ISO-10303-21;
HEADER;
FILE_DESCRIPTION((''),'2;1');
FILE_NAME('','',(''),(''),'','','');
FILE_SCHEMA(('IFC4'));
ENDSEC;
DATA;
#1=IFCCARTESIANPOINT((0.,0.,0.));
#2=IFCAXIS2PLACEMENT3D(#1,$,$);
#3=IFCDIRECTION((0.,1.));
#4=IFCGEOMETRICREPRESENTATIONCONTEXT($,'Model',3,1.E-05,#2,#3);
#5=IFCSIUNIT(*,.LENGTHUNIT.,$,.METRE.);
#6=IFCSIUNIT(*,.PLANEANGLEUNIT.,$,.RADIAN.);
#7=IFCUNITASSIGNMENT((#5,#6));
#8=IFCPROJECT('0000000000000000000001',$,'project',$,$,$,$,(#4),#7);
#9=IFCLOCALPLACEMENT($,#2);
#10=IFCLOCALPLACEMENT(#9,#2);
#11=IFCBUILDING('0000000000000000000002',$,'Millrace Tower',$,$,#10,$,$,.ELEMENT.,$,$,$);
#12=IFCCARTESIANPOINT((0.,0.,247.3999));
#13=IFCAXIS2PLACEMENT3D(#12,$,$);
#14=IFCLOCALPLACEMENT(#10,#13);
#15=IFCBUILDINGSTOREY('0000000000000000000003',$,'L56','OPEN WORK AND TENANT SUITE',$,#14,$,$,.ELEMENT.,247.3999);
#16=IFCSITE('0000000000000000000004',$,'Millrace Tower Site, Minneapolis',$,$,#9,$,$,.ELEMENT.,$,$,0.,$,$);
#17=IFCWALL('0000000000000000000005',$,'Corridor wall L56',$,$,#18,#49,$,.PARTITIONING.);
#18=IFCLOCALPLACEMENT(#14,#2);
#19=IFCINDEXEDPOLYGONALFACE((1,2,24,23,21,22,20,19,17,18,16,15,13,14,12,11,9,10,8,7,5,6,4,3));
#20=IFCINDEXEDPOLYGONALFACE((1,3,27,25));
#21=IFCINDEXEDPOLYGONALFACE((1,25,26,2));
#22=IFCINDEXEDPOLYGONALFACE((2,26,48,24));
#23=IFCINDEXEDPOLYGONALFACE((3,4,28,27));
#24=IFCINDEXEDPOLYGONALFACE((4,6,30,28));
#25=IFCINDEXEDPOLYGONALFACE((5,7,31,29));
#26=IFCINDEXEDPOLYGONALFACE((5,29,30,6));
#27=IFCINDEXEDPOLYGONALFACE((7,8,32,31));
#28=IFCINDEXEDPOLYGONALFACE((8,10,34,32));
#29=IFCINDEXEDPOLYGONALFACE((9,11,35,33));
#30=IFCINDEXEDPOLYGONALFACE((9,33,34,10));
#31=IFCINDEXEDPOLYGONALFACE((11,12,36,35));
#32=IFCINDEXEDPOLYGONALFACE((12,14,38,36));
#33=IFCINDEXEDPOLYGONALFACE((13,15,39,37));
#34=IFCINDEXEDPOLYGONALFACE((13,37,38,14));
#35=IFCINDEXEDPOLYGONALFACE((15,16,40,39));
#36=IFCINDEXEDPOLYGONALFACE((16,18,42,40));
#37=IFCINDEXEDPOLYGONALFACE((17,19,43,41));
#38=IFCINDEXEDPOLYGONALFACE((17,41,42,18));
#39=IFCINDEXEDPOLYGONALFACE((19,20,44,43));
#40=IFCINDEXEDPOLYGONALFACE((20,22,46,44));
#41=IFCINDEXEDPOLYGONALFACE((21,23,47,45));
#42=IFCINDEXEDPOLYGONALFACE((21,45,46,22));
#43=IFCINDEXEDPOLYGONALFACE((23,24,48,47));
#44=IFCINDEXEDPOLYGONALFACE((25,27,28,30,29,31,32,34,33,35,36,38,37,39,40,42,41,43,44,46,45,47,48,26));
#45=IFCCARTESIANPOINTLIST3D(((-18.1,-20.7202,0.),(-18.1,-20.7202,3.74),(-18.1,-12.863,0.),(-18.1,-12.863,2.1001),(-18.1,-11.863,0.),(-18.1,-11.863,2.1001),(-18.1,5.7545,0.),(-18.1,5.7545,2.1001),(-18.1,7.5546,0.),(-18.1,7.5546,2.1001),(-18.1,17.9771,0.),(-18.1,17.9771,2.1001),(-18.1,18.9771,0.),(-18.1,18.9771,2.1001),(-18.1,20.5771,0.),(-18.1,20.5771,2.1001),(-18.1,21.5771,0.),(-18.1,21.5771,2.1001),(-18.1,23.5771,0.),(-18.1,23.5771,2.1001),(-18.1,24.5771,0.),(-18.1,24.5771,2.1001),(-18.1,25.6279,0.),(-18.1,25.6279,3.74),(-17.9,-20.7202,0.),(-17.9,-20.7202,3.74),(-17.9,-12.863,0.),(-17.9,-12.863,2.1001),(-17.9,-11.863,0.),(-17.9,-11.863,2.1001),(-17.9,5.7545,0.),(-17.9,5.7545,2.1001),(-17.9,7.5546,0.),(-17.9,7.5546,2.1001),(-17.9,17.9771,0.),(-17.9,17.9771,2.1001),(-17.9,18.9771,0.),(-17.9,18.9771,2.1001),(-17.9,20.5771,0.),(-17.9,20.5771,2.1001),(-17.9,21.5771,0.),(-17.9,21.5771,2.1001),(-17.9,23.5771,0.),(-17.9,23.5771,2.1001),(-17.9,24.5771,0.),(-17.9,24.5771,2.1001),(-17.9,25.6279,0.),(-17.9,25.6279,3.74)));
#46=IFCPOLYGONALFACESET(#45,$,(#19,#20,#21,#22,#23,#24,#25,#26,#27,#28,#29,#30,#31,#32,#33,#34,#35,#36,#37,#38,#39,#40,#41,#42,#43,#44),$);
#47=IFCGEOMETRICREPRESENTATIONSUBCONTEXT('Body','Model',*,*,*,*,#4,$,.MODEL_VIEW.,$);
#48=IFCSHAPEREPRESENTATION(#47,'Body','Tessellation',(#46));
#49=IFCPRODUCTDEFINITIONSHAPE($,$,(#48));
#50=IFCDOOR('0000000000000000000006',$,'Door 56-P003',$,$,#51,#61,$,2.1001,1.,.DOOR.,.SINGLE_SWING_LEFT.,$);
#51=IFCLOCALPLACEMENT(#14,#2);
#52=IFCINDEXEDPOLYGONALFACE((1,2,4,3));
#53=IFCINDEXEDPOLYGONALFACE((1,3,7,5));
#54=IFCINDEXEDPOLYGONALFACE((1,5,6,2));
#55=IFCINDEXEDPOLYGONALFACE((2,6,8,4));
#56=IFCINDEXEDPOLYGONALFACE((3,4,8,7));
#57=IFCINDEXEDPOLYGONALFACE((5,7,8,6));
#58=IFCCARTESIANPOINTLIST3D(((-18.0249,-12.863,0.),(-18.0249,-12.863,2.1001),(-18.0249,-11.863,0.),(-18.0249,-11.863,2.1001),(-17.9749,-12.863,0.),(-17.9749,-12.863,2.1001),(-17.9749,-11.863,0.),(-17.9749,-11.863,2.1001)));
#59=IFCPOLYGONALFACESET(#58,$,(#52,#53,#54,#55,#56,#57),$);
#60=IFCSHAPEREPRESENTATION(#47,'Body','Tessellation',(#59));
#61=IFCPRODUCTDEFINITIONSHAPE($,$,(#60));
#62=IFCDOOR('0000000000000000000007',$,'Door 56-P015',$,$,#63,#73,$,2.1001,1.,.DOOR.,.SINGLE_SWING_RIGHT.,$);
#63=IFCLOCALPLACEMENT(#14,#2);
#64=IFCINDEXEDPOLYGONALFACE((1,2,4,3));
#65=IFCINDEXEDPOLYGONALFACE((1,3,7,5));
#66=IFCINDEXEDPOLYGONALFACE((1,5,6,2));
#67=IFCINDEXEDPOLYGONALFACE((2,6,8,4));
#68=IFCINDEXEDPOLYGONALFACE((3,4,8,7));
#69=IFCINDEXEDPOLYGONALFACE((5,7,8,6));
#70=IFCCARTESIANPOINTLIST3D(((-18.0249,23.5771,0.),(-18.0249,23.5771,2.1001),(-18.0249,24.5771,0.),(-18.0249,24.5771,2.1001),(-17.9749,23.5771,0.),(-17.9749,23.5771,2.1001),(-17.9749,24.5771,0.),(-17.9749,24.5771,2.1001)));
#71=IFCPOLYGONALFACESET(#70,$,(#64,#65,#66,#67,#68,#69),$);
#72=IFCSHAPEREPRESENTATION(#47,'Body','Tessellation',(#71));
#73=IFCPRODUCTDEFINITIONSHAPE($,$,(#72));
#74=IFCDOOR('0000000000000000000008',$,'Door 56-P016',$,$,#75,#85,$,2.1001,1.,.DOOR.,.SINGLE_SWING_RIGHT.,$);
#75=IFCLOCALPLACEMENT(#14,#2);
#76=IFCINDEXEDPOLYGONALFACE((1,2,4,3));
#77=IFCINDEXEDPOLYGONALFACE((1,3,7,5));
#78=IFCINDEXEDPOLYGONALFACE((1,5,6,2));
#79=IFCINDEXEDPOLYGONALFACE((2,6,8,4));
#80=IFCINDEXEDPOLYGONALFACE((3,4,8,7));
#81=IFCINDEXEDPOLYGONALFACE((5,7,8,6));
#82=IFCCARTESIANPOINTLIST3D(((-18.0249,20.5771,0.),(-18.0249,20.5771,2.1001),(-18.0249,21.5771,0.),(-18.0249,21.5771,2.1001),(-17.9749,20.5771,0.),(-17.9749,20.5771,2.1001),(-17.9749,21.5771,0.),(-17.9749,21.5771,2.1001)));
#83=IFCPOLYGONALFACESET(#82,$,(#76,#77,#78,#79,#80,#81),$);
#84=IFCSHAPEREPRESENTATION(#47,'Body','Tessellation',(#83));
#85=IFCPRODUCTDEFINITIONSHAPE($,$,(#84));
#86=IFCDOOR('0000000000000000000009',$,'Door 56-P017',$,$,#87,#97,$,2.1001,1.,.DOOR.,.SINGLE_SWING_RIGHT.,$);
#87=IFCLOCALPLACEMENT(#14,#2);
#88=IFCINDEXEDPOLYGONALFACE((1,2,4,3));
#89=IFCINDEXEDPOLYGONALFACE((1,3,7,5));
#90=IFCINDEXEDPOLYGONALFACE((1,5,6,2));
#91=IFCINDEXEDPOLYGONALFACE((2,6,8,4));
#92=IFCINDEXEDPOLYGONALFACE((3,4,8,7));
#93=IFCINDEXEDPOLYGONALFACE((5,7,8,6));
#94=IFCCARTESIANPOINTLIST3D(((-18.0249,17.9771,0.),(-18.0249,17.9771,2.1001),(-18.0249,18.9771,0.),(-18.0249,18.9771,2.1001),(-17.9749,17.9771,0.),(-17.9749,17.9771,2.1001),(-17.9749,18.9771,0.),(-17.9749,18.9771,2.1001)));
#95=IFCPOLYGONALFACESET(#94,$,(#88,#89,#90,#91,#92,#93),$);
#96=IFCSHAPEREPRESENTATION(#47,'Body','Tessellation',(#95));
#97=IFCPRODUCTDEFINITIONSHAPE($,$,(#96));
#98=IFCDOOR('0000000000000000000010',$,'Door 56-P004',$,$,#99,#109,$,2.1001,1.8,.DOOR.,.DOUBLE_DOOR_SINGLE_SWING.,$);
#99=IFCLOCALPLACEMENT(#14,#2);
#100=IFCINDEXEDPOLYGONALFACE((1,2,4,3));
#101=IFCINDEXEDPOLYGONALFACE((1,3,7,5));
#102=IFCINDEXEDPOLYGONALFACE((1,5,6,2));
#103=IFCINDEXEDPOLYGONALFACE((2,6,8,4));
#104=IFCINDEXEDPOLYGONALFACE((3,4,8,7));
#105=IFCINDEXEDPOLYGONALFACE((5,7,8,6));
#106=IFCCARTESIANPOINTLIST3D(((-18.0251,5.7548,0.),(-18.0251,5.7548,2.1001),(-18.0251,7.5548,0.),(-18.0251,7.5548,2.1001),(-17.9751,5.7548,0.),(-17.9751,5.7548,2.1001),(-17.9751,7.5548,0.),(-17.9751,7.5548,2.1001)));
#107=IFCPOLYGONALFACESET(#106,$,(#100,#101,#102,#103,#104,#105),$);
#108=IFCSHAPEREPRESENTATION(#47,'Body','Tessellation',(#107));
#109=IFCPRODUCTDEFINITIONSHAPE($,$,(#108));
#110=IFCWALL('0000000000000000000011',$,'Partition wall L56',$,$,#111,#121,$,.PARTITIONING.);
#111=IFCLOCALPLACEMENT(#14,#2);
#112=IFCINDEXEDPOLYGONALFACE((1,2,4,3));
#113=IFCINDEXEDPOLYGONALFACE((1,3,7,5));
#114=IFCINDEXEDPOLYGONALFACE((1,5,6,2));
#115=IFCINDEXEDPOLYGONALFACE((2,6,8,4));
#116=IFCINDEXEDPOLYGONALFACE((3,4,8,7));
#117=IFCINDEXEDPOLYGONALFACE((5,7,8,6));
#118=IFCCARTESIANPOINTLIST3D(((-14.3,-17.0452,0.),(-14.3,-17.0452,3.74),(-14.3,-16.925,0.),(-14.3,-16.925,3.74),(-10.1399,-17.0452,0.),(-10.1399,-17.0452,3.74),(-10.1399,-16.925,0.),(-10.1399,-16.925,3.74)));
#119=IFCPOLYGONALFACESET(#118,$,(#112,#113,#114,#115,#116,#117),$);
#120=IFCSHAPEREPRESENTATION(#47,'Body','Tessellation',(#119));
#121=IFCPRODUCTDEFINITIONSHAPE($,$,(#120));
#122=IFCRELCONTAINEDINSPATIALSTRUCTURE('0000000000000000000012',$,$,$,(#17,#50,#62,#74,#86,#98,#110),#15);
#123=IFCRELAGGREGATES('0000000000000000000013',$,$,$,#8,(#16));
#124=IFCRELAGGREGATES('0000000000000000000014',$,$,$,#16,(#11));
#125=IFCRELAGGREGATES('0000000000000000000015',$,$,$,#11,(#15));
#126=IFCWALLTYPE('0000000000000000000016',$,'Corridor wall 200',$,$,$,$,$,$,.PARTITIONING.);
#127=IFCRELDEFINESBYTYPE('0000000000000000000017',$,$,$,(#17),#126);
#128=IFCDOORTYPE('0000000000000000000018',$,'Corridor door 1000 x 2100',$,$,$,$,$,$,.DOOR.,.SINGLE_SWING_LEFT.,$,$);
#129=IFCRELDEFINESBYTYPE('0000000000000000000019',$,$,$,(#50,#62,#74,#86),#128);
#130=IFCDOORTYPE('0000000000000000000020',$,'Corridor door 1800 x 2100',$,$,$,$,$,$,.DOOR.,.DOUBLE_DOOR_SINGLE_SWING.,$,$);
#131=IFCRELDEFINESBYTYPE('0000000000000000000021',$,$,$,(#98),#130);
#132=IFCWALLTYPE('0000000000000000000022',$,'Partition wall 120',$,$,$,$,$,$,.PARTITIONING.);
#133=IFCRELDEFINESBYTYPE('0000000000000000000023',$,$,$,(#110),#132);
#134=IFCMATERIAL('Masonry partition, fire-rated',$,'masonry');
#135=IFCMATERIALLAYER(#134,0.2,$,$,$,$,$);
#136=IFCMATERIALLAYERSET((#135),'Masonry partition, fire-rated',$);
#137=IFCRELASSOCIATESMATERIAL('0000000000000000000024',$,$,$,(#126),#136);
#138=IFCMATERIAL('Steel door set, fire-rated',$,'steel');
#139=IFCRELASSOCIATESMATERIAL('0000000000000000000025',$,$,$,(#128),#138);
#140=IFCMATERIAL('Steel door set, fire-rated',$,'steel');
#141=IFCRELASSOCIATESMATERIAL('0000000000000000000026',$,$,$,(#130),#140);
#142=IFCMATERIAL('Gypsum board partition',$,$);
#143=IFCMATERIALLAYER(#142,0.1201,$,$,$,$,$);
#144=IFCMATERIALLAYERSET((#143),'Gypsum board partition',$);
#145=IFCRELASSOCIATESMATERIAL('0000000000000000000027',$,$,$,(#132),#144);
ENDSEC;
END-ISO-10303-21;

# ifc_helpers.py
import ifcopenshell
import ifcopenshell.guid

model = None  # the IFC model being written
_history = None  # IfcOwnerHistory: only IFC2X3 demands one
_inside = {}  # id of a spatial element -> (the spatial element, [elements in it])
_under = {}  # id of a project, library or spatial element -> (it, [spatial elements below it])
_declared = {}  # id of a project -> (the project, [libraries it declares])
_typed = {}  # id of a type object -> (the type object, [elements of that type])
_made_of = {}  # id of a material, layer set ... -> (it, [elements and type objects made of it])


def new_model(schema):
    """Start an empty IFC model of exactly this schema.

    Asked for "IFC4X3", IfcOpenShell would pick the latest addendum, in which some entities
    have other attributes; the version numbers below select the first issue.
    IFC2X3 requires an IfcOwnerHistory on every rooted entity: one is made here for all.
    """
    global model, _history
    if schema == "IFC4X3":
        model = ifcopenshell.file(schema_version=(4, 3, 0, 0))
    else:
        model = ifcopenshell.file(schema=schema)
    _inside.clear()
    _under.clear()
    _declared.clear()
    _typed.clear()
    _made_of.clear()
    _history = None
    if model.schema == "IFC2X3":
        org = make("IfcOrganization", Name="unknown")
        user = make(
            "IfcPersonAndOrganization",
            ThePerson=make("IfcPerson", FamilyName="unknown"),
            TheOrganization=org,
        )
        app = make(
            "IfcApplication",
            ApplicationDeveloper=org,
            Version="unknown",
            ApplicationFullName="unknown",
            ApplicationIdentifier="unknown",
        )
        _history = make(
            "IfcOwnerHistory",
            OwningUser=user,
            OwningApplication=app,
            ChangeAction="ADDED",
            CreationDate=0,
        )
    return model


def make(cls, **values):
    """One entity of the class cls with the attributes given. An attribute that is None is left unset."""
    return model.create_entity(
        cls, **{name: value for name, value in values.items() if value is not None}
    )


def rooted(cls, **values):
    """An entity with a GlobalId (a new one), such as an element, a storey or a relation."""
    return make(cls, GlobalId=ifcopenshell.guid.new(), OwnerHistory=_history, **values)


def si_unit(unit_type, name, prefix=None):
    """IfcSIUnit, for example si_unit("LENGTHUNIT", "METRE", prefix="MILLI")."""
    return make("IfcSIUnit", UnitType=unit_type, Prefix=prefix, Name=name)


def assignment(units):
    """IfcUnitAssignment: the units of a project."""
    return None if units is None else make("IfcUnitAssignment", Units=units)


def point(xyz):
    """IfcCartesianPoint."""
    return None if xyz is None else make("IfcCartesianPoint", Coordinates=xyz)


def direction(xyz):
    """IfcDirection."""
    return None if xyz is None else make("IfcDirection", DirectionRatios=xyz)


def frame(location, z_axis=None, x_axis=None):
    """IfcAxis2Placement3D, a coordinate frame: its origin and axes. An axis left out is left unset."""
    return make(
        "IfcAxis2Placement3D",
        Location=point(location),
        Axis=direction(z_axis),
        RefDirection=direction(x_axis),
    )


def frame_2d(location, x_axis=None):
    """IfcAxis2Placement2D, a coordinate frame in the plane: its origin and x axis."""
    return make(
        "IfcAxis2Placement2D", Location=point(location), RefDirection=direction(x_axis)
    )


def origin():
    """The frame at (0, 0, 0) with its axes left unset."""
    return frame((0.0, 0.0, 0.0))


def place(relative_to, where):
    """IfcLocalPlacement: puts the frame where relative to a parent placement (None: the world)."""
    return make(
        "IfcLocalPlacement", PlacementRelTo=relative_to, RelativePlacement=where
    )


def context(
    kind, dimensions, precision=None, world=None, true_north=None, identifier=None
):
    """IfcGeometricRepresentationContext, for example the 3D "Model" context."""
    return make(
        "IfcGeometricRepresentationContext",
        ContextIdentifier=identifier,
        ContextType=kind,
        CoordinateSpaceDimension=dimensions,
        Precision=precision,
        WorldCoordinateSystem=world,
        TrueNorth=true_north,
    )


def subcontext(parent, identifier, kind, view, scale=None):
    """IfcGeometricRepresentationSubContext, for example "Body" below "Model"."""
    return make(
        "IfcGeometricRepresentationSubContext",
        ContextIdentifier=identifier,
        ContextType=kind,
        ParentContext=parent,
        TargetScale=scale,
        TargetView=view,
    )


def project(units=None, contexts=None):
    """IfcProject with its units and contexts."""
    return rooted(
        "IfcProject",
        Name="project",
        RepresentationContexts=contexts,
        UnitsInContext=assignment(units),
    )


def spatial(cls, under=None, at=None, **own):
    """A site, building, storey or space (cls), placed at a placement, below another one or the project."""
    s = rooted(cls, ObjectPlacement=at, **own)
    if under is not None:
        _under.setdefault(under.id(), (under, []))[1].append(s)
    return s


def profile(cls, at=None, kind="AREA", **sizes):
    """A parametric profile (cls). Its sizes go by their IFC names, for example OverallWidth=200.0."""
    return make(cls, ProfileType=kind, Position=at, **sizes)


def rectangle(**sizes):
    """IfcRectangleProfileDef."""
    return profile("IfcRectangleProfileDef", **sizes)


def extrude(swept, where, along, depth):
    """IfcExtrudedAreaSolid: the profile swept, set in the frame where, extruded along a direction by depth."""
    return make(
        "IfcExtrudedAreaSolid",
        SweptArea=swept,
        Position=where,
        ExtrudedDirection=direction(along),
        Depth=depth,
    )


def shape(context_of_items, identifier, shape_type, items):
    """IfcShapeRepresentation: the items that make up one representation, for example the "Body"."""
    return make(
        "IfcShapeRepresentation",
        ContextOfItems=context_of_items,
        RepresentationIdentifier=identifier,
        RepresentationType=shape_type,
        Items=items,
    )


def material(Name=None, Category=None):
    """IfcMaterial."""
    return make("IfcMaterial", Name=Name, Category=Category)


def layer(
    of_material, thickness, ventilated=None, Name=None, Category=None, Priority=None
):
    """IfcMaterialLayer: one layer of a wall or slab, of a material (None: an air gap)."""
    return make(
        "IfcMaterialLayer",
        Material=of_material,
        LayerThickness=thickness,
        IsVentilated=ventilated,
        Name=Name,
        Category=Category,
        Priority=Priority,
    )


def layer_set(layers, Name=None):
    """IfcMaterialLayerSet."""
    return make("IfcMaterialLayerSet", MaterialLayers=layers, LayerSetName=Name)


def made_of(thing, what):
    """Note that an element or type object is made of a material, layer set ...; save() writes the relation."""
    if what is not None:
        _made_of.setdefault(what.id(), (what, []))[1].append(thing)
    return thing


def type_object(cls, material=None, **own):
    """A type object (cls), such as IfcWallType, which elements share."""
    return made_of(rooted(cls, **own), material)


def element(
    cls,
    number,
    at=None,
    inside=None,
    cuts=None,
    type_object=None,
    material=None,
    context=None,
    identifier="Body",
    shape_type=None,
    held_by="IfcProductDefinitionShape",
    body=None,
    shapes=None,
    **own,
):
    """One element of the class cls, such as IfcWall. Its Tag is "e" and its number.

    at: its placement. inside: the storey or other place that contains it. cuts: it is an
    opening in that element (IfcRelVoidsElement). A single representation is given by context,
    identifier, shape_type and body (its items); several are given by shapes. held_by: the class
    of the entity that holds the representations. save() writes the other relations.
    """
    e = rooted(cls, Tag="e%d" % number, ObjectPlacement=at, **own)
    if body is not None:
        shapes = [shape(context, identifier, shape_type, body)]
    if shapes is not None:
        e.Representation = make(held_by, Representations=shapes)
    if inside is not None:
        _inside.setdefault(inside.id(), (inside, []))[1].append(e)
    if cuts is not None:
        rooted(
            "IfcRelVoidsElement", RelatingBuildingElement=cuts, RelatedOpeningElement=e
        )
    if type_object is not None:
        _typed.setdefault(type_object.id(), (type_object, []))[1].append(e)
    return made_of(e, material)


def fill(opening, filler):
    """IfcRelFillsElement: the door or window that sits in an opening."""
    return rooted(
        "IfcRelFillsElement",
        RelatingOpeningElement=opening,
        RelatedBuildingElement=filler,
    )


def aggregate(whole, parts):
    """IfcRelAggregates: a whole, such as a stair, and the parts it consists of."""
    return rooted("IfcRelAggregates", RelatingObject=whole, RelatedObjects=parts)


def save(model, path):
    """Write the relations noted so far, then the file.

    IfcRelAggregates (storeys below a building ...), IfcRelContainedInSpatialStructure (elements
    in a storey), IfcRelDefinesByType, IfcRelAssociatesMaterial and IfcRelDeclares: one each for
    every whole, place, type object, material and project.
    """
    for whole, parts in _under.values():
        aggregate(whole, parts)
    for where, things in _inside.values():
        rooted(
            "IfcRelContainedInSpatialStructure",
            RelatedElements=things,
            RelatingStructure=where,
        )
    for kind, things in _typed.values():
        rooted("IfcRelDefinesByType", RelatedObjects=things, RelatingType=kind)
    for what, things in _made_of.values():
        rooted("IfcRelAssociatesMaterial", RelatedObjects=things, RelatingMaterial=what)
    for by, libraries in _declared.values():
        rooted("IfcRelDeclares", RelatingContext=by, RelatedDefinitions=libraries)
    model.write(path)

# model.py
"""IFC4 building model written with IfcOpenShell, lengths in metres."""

from ifc_helpers import new_model, si_unit, direction, frame, frame_2d, origin, place, context, subcontext, project, spatial, rectangle, extrude, material, layer, layer_set, type_object, element, fill, save


model = new_model("IFC4")

# Units and contexts
model_context = context("Model", 3, precision=1e-05, world=origin(), true_north=direction((0.0, 1.0)))
body_context = subcontext(model_context, "Body", "Model", "MODEL_VIEW")
ifc_project = project(units=[si_unit("LENGTHUNIT", "METRE"), si_unit("PLANEANGLEUNIT", "RADIAN")], contexts=[model_context])

# Site, building, storey
site_placement = place(None, origin())
site = spatial("IfcSite", under=ifc_project, at=site_placement, Name="Millrace Tower Site, Minneapolis", CompositionType="ELEMENT", RefElevation=0.0)
building_placement = place(site_placement, origin())
building = spatial("IfcBuilding", under=site, at=building_placement, Name="Millrace Tower", CompositionType="ELEMENT")
storey_placement = place(building_placement, frame((0.0, 0.0, 247.3999)))
storey = spatial("IfcBuildingStorey", under=building, at=storey_placement, Name="L56", Description="OPEN WORK AND TENANT SUITE", CompositionType="ELEMENT", Elevation=247.3999)

# Shared definitions
ifc_material_1 = material(Name="Masonry partition, fire-rated", Category="masonry")
ifc_layer_1 = layer(ifc_material_1, 0.2)
ifc_layer_set_1 = layer_set([ifc_layer_1], Name="Masonry partition, fire-rated")
wall_type_1 = type_object("IfcWallType", Name="Corridor wall 200", PredefinedType="PARTITIONING", material=ifc_layer_set_1)

# Wall, openings, doors
ifc_material_2 = material(Name="Steel door set, fire-rated", Category="steel")
door_type_1 = type_object("IfcDoorType", Name="Corridor door 1000 x 2100", OperationType="SINGLE_SWING_LEFT", PredefinedType="DOOR", material=ifc_material_2)
ifc_material_3 = material(Name="Steel door set, fire-rated", Category="steel")
door_type_2 = type_object("IfcDoorType", Name="Corridor door 1800 x 2100", OperationType="DOUBLE_DOOR_SINGLE_SWING", PredefinedType="DOOR", material=ifc_material_3)
wall_1_placement = place(storey_placement, frame((-18.0, -20.7202, 0.0), z_axis=(0.0, 0.0, 1.0), x_axis=(0.0, 1.0, 0.0)))
wall_1 = element("IfcWall", 1, at=wall_1_placement, inside=storey, type_object=wall_type_1, Name="Corridor wall L56", PredefinedType="PARTITIONING", context=body_context, shape_type="SweptSolid", body=[
    extrude(rectangle(XDim=46.3481, YDim=0.2, at=frame_2d((23.1741, 0.0))), origin(), (0.0, 0.0, 1.0), 3.74),
])
opening_1_placement = place(wall_1_placement, frame((7.8572, 0.0, 0.0)))
opening_1 = element("IfcOpeningElement", 2, at=opening_1_placement, cuts=wall_1, PredefinedType="OPENING", context=body_context, shape_type="SweptSolid", body=[
    extrude(rectangle(XDim=1.0, YDim=2.1001, at=frame_2d((0.5, 1.05))), frame((0.0, 0.1099, 0.0), z_axis=(0.0, -1.0, 0.0), x_axis=(1.0, 0.0, 0.0)), (0.0, 0.0, 1.0), 0.22),
])
opening_2_placement = place(wall_1_placement, frame((26.4749, 0.0, 0.0)))
opening_2 = element("IfcOpeningElement", 3, at=opening_2_placement, cuts=wall_1, PredefinedType="OPENING", context=body_context, shape_type="SweptSolid", body=[
    extrude(rectangle(XDim=1.8, YDim=2.1001, at=frame_2d((0.8999, 1.05))), frame((0.0, 0.1099, 0.0), z_axis=(0.0, -1.0, 0.0), x_axis=(1.0, 0.0, 0.0)), (0.0, 0.0, 1.0), 0.22),
])
opening_3_placement = place(wall_1_placement, frame((44.2974, 0.0, 0.0)))
opening_3 = element("IfcOpeningElement", 4, at=opening_3_placement, cuts=wall_1, PredefinedType="OPENING", context=body_context, shape_type="SweptSolid", body=[
    extrude(rectangle(XDim=1.0, YDim=2.1001, at=frame_2d((0.5, 1.05))), frame((0.0, 0.1099, 0.0), z_axis=(0.0, -1.0, 0.0), x_axis=(1.0, 0.0, 0.0)), (0.0, 0.0, 1.0), 0.22),
])
opening_4_placement = place(wall_1_placement, frame((41.2974, 0.0, 0.0)))
opening_4 = element("IfcOpeningElement", 5, at=opening_4_placement, cuts=wall_1, PredefinedType="OPENING", context=body_context, shape_type="SweptSolid", body=[
    extrude(rectangle(XDim=1.0, YDim=2.1001, at=frame_2d((0.5, 1.05))), frame((0.0, 0.1099, 0.0), z_axis=(0.0, -1.0, 0.0), x_axis=(1.0, 0.0, 0.0)), (0.0, 0.0, 1.0), 0.22),
])
opening_5_placement = place(wall_1_placement, frame((38.6973, 0.0, 0.0)))
opening_5 = element("IfcOpeningElement", 6, at=opening_5_placement, cuts=wall_1, PredefinedType="OPENING", context=body_context, shape_type="SweptSolid", body=[
    extrude(rectangle(XDim=1.0, YDim=2.1001, at=frame_2d((0.5, 1.05))), frame((0.0, 0.1099, 0.0), z_axis=(0.0, -1.0, 0.0), x_axis=(1.0, 0.0, 0.0)), (0.0, 0.0, 1.0), 0.22),
])
door_1_placement = place(opening_1_placement, origin())
door_1 = element("IfcDoor", 7, at=door_1_placement, inside=storey, type_object=door_type_1, Name="Door 56-P003", OperationType="SINGLE_SWING_LEFT", OverallHeight=2.1001, OverallWidth=1.0, PredefinedType="DOOR", context=body_context, shape_type="SweptSolid", body=[
    extrude(rectangle(XDim=1.0, YDim=2.1001, at=frame_2d((0.5, 1.05))), frame((0.0, 0.0249, 0.0), z_axis=(0.0, -1.0, 0.0), x_axis=(1.0, 0.0, 0.0)), (0.0, 0.0, 1.0), 0.05),
])
fill(opening_1, door_1)
door_2_placement = place(opening_3_placement, origin())
door_2 = element("IfcDoor", 8, at=door_2_placement, inside=storey, type_object=door_type_1, Name="Door 56-P015", OperationType="SINGLE_SWING_RIGHT", OverallHeight=2.1001, OverallWidth=1.0, PredefinedType="DOOR", context=body_context, shape_type="SweptSolid", body=[
    extrude(rectangle(XDim=1.0, YDim=2.1001, at=frame_2d((0.5, 1.05))), frame((0.0, 0.0249, 0.0), z_axis=(0.0, -1.0, 0.0), x_axis=(1.0, 0.0, 0.0)), (0.0, 0.0, 1.0), 0.05),
])
fill(opening_3, door_2)
door_3_placement = place(opening_4_placement, origin())
door_3 = element("IfcDoor", 9, at=door_3_placement, inside=storey, type_object=door_type_1, Name="Door 56-P016", OperationType="SINGLE_SWING_RIGHT", OverallHeight=2.1001, OverallWidth=1.0, PredefinedType="DOOR", context=body_context, shape_type="SweptSolid", body=[
    extrude(rectangle(XDim=1.0, YDim=2.1001, at=frame_2d((0.5, 1.05))), frame((0.0, 0.0249, 0.0), z_axis=(0.0, -1.0, 0.0), x_axis=(1.0, 0.0, 0.0)), (0.0, 0.0, 1.0), 0.05),
])
fill(opening_4, door_3)
door_4_placement = place(opening_5_placement, origin())
door_4 = element("IfcDoor", 10, at=door_4_placement, inside=storey, type_object=door_type_1, Name="Door 56-P017", OperationType="SINGLE_SWING_RIGHT", OverallHeight=2.1001, OverallWidth=1.0, PredefinedType="DOOR", context=body_context, shape_type="SweptSolid", body=[
    extrude(rectangle(XDim=1.0, YDim=2.1001, at=frame_2d((0.5, 1.05))), frame((0.0, 0.0249, 0.0), z_axis=(0.0, -1.0, 0.0), x_axis=(1.0, 0.0, 0.0)), (0.0, 0.0, 1.0), 0.05),
])
fill(opening_5, door_4)
door_5_placement = place(opening_2_placement, frame((1.8, 0.0, 0.0), z_axis=(0.0, 0.0, 1.0), x_axis=(-1.0, 0.0, 0.0)))
door_5 = element("IfcDoor", 11, at=door_5_placement, inside=storey, type_object=door_type_2, Name="Door 56-P004", OperationType="DOUBLE_DOOR_SINGLE_SWING", OverallHeight=2.1001, OverallWidth=1.8, PredefinedType="DOOR", context=body_context, shape_type="SweptSolid", body=[
    extrude(rectangle(XDim=1.8, YDim=2.1001, at=frame_2d((0.8999, 1.05))), frame((0.0, 0.0249, 0.0), z_axis=(0.0, -1.0, 0.0), x_axis=(1.0, 0.0, 0.0)), (0.0, 0.0, 1.0), 0.05),
])
fill(opening_2, door_5)

# Wall
ifc_material_4 = material(Name="Gypsum board partition")
ifc_layer_2 = layer(ifc_material_4, 0.1201)
ifc_layer_set_2 = layer_set([ifc_layer_2], Name="Gypsum board partition")
wall_type_2 = type_object("IfcWallType", Name="Partition wall 120", PredefinedType="PARTITIONING", material=ifc_layer_set_2)
wall_2_placement = place(storey_placement, frame((-14.3, -16.9851, 0.0), z_axis=(0.0, 0.0, 1.0), x_axis=(1.0, 0.0, 0.0)))
element("IfcWall", 12, at=wall_2_placement, inside=storey, type_object=wall_type_2, Name="Partition wall L56", PredefinedType="PARTITIONING", context=body_context, shape_type="SweptSolid", body=[
    extrude(rectangle(XDim=4.1602, YDim=0.1201, at=frame_2d((2.0801, 0.0))), origin(), (0.0, 0.0, 1.0), 3.74),
])

save(model, "model.ifc")
